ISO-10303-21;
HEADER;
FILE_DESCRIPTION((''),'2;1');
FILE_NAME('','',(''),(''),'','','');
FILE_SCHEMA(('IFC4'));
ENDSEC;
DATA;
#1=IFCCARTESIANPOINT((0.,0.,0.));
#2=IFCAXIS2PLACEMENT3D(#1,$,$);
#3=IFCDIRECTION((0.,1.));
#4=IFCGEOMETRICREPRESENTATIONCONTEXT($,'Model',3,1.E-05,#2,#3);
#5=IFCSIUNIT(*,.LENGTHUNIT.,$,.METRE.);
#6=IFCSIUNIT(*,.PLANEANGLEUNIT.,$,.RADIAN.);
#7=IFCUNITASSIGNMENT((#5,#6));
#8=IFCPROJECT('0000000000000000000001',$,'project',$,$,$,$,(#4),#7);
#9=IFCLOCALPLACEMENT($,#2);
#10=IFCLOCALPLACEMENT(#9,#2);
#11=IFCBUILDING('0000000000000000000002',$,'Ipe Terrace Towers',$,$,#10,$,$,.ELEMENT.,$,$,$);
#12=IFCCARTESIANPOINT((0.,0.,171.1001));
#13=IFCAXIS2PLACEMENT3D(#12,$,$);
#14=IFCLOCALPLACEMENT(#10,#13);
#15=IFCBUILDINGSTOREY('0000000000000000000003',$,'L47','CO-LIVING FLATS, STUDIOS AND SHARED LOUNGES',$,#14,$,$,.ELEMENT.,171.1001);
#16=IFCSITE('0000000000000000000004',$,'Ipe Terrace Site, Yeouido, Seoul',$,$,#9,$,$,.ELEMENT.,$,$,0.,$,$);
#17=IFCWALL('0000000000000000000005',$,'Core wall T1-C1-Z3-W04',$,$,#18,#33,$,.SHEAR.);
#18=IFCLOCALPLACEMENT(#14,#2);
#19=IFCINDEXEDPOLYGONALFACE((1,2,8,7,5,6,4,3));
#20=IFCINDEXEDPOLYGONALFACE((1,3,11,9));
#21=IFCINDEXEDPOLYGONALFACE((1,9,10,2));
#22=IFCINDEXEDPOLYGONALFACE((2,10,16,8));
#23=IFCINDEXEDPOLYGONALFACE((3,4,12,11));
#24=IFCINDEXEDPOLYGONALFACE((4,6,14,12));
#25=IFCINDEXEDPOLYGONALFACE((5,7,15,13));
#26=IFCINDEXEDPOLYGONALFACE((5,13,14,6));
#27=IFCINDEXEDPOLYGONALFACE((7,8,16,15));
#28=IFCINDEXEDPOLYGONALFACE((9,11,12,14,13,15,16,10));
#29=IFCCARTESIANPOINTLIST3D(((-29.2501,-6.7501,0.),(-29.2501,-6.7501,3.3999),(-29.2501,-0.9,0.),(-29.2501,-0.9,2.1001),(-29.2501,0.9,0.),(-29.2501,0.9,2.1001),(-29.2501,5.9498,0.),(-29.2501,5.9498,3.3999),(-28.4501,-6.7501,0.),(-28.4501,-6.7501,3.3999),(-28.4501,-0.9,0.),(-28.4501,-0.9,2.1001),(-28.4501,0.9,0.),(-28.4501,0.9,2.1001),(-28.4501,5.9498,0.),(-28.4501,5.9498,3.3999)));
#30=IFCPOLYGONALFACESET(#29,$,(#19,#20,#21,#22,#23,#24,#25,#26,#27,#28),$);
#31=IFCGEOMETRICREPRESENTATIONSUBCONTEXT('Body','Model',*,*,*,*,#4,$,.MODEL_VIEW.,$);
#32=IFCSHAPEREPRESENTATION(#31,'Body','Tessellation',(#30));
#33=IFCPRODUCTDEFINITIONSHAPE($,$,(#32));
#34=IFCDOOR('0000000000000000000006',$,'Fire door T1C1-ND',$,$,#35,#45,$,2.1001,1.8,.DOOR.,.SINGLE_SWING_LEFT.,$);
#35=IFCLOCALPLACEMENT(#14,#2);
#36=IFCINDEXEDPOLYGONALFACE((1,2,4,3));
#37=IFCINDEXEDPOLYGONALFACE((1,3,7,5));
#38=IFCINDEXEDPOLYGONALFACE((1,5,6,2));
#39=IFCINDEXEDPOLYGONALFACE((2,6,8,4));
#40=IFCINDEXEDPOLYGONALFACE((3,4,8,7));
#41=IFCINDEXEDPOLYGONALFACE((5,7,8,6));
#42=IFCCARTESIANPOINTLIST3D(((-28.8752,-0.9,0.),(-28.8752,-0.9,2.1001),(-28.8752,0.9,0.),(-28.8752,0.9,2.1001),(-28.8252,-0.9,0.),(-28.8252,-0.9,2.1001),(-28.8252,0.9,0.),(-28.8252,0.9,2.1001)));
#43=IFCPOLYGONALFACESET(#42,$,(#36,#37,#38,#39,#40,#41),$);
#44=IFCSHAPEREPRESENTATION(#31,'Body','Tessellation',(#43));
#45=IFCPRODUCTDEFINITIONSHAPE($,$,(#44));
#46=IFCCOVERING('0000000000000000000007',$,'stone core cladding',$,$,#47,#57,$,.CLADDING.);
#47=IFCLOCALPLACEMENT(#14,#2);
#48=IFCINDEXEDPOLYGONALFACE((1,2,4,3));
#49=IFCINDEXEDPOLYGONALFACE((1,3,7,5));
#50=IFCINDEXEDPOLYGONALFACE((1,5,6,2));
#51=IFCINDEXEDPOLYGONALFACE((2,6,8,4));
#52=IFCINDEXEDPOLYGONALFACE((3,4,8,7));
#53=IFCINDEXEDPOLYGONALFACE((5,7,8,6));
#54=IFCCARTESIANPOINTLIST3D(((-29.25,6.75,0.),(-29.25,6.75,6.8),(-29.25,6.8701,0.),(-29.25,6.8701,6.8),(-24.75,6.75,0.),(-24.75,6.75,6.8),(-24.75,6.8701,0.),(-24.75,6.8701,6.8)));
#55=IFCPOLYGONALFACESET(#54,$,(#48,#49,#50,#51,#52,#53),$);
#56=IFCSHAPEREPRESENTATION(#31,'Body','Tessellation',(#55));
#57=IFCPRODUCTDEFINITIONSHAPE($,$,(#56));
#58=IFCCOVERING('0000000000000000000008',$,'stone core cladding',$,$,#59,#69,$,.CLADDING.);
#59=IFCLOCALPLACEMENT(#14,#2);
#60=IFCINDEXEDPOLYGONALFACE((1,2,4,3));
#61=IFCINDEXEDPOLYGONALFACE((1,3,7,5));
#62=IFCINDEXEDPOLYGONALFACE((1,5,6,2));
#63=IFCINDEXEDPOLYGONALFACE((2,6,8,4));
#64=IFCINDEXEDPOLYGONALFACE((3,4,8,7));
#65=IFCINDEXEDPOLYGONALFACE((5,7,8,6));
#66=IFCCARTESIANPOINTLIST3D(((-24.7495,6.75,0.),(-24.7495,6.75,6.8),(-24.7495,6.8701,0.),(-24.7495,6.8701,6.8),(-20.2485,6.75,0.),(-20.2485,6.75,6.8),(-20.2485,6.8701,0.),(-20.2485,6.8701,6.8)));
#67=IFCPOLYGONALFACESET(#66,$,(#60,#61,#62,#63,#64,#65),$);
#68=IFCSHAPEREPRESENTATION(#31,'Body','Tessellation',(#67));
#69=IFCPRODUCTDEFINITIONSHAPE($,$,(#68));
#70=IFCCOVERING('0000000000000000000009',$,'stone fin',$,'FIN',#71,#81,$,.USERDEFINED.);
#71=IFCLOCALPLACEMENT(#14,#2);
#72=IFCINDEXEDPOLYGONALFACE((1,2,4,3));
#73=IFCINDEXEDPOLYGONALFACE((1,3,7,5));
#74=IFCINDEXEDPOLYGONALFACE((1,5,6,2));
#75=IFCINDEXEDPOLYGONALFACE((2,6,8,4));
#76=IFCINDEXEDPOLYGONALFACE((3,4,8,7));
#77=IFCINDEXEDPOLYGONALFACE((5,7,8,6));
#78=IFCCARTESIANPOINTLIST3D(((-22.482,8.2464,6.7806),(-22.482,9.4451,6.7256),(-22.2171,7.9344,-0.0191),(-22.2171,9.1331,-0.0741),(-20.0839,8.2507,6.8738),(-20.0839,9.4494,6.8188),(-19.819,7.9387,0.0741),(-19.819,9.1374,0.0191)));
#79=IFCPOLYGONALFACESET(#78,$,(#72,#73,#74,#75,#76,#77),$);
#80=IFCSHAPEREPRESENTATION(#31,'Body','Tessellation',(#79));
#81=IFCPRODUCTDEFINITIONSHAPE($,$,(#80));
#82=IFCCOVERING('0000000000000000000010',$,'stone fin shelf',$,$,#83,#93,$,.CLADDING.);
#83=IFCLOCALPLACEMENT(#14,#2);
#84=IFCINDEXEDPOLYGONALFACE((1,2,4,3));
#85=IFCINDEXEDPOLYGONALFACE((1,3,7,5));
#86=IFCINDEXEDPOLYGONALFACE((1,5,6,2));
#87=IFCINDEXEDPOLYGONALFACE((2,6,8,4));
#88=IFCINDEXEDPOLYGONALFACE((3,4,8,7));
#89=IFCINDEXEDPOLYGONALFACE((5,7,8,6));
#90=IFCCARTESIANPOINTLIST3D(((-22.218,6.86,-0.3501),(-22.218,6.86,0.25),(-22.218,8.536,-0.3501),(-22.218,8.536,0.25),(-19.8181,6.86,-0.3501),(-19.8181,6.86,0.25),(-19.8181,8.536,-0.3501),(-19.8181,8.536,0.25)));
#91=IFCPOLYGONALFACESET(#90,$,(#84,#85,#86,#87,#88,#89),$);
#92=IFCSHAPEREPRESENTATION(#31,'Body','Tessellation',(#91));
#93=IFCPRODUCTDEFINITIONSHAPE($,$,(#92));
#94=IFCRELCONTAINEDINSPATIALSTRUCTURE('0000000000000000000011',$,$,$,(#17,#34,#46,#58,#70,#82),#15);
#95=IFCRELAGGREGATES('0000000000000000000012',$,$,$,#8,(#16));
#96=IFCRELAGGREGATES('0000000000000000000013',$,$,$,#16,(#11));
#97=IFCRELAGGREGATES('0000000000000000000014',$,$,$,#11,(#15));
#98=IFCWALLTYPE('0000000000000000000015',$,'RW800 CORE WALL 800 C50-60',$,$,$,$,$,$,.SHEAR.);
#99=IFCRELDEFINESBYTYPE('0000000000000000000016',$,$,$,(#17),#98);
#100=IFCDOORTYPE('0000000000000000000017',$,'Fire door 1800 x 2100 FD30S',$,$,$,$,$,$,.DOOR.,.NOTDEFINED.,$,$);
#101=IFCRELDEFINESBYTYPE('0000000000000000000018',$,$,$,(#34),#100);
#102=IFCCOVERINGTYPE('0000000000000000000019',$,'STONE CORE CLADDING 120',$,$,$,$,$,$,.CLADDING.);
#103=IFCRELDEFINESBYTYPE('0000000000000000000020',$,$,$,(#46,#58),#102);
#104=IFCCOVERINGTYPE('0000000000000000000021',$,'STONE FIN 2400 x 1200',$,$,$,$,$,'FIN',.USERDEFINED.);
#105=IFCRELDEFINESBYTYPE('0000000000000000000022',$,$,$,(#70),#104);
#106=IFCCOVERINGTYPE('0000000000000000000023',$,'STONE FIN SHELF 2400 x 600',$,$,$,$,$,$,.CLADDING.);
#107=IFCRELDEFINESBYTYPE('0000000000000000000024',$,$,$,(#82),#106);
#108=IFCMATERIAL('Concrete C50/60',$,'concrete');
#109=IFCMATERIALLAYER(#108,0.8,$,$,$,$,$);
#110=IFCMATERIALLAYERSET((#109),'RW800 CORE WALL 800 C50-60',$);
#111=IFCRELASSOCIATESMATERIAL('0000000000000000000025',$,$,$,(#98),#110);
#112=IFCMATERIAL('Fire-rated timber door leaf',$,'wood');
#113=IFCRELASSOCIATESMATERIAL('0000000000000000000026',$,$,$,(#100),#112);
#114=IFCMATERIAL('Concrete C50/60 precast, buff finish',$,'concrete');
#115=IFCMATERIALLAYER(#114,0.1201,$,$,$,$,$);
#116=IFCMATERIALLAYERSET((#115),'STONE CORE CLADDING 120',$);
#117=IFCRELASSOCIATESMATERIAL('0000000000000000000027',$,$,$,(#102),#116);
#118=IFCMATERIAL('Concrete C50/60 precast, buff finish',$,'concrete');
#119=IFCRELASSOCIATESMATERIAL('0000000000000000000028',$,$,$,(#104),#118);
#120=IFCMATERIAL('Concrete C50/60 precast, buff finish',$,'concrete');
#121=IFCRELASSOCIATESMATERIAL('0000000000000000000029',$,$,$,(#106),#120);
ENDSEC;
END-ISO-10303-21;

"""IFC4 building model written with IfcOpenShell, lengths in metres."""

from ifc_helpers import new_model, si_unit, direction, frame, frame_2d, origin, origin_2d, place, context, subcontext, project, spatial, rectangle, extrude, material, layer, layer_set, material_profile, profile_set, type_object, element, fill, save


model = new_model("IFC4")

# Units and contexts
model_context = context("Model", 3, precision=1e-05, world=origin(), true_north=direction((0.0, 1.0)))
body_context = subcontext(model_context, "Body", "Model", "MODEL_VIEW")
ifc_project = project(units=[si_unit("LENGTHUNIT", "METRE"), si_unit("PLANEANGLEUNIT", "RADIAN")], contexts=[model_context])

# Site, building, storey
site_placement = place(None, origin())
site = spatial("IfcSite", under=ifc_project, at=site_placement, Name="Ipe Terrace Site, Yeouido, Seoul", CompositionType="ELEMENT", RefElevation=0.0)
building_placement = place(site_placement, origin())
building = spatial("IfcBuilding", under=site, at=building_placement, Name="Ipe Terrace Towers", CompositionType="ELEMENT")
storey_placement = place(building_placement, frame((0.0, 0.0, 171.1001)))
storey = spatial("IfcBuildingStorey", under=building, at=storey_placement, Name="L47", Description="CO-LIVING FLATS, STUDIOS AND SHARED LOUNGES", CompositionType="ELEMENT", Elevation=171.1001)

# Shared definitions
ifc_material_1 = material(Name="Concrete C50/60", Category="concrete")
ifc_layer_1 = layer(ifc_material_1, 0.8)
ifc_layer_set_1 = layer_set([ifc_layer_1], Name="RW800 CORE WALL 800 C50-60")
wall_type_1 = type_object("IfcWallType", Name="RW800 CORE WALL 800 C50-60", PredefinedType="SHEAR", material=ifc_layer_set_1)

# Wall, opening, door
wall_1_placement = place(storey_placement, frame((-28.8501, 5.95, 0.0), z_axis=(0.0, 0.0, 1.0), x_axis=(0.0, -1.0, 0.0)))
wall_1 = element("IfcWall", 1, at=wall_1_placement, inside=storey, type_object=wall_type_1, Name="Core wall T1-C1-Z3-W04", PredefinedType="SHEAR", context=body_context, shape_type="SweptSolid", body=[
    extrude(rectangle(XDim=12.7, YDim=0.8, at=frame_2d((6.3501, 0.0))), origin(), (0.0, 0.0, 1.0), 3.3999),
])
opening_1_placement = place(wall_1_placement, frame((5.05, 0.0, 0.0)))
opening_1 = element("IfcOpeningElement", 2, at=opening_1_placement, cuts=wall_1, PredefinedType="OPENING", context=body_context, shape_type="SweptSolid", body=[
    extrude(rectangle(XDim=1.8, YDim=2.1001, at=frame_2d((0.8999, 1.05))), frame((0.0, 0.4102, 0.0), z_axis=(0.0, -1.0, 0.0), x_axis=(1.0, 0.0, 0.0)), (0.0, 0.0, 1.0), 0.8201),
])
ifc_material_2 = material(Name="Fire-rated timber door leaf", Category="wood")
door_type_1 = type_object("IfcDoorType", Name="Fire door 1800 x 2100 FD30S", OperationType="NOTDEFINED", PredefinedType="DOOR", material=ifc_material_2)
door_1_placement = place(opening_1_placement, origin())
door_1 = element("IfcDoor", 3, at=door_1_placement, inside=storey, type_object=door_type_1, Name="Fire door T1C1-ND", OperationType="SINGLE_SWING_LEFT", OverallHeight=2.1001, OverallWidth=1.8, PredefinedType="DOOR", context=body_context, shape_type="SweptSolid", body=[
    extrude(rectangle(XDim=1.8, YDim=2.1001, at=frame_2d((0.8999, 1.05))), frame((0.0, 0.0249, 0.0), z_axis=(0.0, -1.0, 0.0), x_axis=(1.0, 0.0, 0.0)), (0.0, 0.0, 1.0), 0.05),
])
fill(opening_1, door_1)

# Coverings
ifc_material_3 = material(Name="Concrete C50/60 precast, buff finish", Category="concrete")
ifc_layer_2 = layer(ifc_material_3, 0.1201)
ifc_layer_set_2 = layer_set([ifc_layer_2], Name="STONE CORE CLADDING 120")
covering_type_1 = type_object("IfcCoveringType", Name="STONE CORE CLADDING 120", PredefinedType="CLADDING", material=ifc_layer_set_2)
covering_1_placement = place(storey_placement, frame((-27.0, 6.8101, 0.0), z_axis=(0.0, 0.0, 1.0), x_axis=(-1.0, 0.0, 0.0)))
element("IfcCovering", 4, at=covering_1_placement, inside=storey, type_object=covering_type_1, Name="stone core cladding", PredefinedType="CLADDING", context=body_context, shape_type="SweptSolid", body=[
    extrude(rectangle(XDim=4.5, YDim=0.1201, at=origin_2d()), origin(), (0.0, 0.0, 1.0), 6.8),
])
covering_2_placement = place(storey_placement, frame((-22.499, 6.8101, 0.0), z_axis=(0.0, 0.0, 1.0), x_axis=(-1.0, 0.0, 0.0)))
element("IfcCovering", 5, at=covering_2_placement, inside=storey, type_object=covering_type_1, Name="stone core cladding", PredefinedType="CLADDING", context=body_context, shape_type="SweptSolid", body=[
    extrude(rectangle(XDim=4.501, YDim=0.1201, at=origin_2d()), origin(), (0.0, 0.0, 1.0), 6.8),
])
ifc_material_4 = material(Name="Concrete C50/60 precast, buff finish", Category="concrete")
ifc_material_profile_1 = material_profile(ifc_material_4, rectangle(XDim=2.3999, YDim=1.2, at=origin_2d()), Name="STONE FIN 2400 x 1200")
ifc_profile_set_1 = profile_set([ifc_material_profile_1], Name="Concrete C50/60 precast, buff finish")
covering_type_2 = type_object("IfcCoveringType", Name="STONE FIN 2400 x 1200", ElementType="FIN", PredefinedType="USERDEFINED", material=ifc_profile_set_1)
covering_3_placement = place(storey_placement, frame((-21.0181, 8.5359, 0.0), z_axis=(-0.038886, 0.045802, 0.998193), x_axis=(-0.999244, -0.001782, -0.038845)))
element("IfcCovering", 6, at=covering_3_placement, inside=storey, type_object=covering_type_2, Name="stone fin", ObjectType="FIN", PredefinedType="USERDEFINED", context=body_context, shape_type="SweptSolid", body=[
    extrude(rectangle(XDim=2.3999, YDim=1.2, at=origin_2d()), origin(), (0.0, 0.0, 1.0), 6.812),
])
ifc_material_5 = material(Name="Concrete C50/60 precast, buff finish", Category="concrete")
covering_type_3 = type_object("IfcCoveringType", Name="STONE FIN SHELF 2400 x 600", PredefinedType="CLADDING", material=ifc_material_5)
covering_4_placement = place(storey_placement, frame((-21.0181, 7.698, -0.3501), z_axis=(0.0, 0.0, 1.0), x_axis=(-1.0, 0.0, 0.0)))
element("IfcCovering", 7, at=covering_4_placement, inside=storey, type_object=covering_type_3, Name="stone fin shelf", PredefinedType="CLADDING", context=body_context, shape_type="SweptSolid", body=[
    extrude(rectangle(XDim=2.3999, YDim=1.676, at=origin_2d()), origin(), (0.0, 0.0, 1.0), 0.6001),
])

save(model, "model.ifc")
